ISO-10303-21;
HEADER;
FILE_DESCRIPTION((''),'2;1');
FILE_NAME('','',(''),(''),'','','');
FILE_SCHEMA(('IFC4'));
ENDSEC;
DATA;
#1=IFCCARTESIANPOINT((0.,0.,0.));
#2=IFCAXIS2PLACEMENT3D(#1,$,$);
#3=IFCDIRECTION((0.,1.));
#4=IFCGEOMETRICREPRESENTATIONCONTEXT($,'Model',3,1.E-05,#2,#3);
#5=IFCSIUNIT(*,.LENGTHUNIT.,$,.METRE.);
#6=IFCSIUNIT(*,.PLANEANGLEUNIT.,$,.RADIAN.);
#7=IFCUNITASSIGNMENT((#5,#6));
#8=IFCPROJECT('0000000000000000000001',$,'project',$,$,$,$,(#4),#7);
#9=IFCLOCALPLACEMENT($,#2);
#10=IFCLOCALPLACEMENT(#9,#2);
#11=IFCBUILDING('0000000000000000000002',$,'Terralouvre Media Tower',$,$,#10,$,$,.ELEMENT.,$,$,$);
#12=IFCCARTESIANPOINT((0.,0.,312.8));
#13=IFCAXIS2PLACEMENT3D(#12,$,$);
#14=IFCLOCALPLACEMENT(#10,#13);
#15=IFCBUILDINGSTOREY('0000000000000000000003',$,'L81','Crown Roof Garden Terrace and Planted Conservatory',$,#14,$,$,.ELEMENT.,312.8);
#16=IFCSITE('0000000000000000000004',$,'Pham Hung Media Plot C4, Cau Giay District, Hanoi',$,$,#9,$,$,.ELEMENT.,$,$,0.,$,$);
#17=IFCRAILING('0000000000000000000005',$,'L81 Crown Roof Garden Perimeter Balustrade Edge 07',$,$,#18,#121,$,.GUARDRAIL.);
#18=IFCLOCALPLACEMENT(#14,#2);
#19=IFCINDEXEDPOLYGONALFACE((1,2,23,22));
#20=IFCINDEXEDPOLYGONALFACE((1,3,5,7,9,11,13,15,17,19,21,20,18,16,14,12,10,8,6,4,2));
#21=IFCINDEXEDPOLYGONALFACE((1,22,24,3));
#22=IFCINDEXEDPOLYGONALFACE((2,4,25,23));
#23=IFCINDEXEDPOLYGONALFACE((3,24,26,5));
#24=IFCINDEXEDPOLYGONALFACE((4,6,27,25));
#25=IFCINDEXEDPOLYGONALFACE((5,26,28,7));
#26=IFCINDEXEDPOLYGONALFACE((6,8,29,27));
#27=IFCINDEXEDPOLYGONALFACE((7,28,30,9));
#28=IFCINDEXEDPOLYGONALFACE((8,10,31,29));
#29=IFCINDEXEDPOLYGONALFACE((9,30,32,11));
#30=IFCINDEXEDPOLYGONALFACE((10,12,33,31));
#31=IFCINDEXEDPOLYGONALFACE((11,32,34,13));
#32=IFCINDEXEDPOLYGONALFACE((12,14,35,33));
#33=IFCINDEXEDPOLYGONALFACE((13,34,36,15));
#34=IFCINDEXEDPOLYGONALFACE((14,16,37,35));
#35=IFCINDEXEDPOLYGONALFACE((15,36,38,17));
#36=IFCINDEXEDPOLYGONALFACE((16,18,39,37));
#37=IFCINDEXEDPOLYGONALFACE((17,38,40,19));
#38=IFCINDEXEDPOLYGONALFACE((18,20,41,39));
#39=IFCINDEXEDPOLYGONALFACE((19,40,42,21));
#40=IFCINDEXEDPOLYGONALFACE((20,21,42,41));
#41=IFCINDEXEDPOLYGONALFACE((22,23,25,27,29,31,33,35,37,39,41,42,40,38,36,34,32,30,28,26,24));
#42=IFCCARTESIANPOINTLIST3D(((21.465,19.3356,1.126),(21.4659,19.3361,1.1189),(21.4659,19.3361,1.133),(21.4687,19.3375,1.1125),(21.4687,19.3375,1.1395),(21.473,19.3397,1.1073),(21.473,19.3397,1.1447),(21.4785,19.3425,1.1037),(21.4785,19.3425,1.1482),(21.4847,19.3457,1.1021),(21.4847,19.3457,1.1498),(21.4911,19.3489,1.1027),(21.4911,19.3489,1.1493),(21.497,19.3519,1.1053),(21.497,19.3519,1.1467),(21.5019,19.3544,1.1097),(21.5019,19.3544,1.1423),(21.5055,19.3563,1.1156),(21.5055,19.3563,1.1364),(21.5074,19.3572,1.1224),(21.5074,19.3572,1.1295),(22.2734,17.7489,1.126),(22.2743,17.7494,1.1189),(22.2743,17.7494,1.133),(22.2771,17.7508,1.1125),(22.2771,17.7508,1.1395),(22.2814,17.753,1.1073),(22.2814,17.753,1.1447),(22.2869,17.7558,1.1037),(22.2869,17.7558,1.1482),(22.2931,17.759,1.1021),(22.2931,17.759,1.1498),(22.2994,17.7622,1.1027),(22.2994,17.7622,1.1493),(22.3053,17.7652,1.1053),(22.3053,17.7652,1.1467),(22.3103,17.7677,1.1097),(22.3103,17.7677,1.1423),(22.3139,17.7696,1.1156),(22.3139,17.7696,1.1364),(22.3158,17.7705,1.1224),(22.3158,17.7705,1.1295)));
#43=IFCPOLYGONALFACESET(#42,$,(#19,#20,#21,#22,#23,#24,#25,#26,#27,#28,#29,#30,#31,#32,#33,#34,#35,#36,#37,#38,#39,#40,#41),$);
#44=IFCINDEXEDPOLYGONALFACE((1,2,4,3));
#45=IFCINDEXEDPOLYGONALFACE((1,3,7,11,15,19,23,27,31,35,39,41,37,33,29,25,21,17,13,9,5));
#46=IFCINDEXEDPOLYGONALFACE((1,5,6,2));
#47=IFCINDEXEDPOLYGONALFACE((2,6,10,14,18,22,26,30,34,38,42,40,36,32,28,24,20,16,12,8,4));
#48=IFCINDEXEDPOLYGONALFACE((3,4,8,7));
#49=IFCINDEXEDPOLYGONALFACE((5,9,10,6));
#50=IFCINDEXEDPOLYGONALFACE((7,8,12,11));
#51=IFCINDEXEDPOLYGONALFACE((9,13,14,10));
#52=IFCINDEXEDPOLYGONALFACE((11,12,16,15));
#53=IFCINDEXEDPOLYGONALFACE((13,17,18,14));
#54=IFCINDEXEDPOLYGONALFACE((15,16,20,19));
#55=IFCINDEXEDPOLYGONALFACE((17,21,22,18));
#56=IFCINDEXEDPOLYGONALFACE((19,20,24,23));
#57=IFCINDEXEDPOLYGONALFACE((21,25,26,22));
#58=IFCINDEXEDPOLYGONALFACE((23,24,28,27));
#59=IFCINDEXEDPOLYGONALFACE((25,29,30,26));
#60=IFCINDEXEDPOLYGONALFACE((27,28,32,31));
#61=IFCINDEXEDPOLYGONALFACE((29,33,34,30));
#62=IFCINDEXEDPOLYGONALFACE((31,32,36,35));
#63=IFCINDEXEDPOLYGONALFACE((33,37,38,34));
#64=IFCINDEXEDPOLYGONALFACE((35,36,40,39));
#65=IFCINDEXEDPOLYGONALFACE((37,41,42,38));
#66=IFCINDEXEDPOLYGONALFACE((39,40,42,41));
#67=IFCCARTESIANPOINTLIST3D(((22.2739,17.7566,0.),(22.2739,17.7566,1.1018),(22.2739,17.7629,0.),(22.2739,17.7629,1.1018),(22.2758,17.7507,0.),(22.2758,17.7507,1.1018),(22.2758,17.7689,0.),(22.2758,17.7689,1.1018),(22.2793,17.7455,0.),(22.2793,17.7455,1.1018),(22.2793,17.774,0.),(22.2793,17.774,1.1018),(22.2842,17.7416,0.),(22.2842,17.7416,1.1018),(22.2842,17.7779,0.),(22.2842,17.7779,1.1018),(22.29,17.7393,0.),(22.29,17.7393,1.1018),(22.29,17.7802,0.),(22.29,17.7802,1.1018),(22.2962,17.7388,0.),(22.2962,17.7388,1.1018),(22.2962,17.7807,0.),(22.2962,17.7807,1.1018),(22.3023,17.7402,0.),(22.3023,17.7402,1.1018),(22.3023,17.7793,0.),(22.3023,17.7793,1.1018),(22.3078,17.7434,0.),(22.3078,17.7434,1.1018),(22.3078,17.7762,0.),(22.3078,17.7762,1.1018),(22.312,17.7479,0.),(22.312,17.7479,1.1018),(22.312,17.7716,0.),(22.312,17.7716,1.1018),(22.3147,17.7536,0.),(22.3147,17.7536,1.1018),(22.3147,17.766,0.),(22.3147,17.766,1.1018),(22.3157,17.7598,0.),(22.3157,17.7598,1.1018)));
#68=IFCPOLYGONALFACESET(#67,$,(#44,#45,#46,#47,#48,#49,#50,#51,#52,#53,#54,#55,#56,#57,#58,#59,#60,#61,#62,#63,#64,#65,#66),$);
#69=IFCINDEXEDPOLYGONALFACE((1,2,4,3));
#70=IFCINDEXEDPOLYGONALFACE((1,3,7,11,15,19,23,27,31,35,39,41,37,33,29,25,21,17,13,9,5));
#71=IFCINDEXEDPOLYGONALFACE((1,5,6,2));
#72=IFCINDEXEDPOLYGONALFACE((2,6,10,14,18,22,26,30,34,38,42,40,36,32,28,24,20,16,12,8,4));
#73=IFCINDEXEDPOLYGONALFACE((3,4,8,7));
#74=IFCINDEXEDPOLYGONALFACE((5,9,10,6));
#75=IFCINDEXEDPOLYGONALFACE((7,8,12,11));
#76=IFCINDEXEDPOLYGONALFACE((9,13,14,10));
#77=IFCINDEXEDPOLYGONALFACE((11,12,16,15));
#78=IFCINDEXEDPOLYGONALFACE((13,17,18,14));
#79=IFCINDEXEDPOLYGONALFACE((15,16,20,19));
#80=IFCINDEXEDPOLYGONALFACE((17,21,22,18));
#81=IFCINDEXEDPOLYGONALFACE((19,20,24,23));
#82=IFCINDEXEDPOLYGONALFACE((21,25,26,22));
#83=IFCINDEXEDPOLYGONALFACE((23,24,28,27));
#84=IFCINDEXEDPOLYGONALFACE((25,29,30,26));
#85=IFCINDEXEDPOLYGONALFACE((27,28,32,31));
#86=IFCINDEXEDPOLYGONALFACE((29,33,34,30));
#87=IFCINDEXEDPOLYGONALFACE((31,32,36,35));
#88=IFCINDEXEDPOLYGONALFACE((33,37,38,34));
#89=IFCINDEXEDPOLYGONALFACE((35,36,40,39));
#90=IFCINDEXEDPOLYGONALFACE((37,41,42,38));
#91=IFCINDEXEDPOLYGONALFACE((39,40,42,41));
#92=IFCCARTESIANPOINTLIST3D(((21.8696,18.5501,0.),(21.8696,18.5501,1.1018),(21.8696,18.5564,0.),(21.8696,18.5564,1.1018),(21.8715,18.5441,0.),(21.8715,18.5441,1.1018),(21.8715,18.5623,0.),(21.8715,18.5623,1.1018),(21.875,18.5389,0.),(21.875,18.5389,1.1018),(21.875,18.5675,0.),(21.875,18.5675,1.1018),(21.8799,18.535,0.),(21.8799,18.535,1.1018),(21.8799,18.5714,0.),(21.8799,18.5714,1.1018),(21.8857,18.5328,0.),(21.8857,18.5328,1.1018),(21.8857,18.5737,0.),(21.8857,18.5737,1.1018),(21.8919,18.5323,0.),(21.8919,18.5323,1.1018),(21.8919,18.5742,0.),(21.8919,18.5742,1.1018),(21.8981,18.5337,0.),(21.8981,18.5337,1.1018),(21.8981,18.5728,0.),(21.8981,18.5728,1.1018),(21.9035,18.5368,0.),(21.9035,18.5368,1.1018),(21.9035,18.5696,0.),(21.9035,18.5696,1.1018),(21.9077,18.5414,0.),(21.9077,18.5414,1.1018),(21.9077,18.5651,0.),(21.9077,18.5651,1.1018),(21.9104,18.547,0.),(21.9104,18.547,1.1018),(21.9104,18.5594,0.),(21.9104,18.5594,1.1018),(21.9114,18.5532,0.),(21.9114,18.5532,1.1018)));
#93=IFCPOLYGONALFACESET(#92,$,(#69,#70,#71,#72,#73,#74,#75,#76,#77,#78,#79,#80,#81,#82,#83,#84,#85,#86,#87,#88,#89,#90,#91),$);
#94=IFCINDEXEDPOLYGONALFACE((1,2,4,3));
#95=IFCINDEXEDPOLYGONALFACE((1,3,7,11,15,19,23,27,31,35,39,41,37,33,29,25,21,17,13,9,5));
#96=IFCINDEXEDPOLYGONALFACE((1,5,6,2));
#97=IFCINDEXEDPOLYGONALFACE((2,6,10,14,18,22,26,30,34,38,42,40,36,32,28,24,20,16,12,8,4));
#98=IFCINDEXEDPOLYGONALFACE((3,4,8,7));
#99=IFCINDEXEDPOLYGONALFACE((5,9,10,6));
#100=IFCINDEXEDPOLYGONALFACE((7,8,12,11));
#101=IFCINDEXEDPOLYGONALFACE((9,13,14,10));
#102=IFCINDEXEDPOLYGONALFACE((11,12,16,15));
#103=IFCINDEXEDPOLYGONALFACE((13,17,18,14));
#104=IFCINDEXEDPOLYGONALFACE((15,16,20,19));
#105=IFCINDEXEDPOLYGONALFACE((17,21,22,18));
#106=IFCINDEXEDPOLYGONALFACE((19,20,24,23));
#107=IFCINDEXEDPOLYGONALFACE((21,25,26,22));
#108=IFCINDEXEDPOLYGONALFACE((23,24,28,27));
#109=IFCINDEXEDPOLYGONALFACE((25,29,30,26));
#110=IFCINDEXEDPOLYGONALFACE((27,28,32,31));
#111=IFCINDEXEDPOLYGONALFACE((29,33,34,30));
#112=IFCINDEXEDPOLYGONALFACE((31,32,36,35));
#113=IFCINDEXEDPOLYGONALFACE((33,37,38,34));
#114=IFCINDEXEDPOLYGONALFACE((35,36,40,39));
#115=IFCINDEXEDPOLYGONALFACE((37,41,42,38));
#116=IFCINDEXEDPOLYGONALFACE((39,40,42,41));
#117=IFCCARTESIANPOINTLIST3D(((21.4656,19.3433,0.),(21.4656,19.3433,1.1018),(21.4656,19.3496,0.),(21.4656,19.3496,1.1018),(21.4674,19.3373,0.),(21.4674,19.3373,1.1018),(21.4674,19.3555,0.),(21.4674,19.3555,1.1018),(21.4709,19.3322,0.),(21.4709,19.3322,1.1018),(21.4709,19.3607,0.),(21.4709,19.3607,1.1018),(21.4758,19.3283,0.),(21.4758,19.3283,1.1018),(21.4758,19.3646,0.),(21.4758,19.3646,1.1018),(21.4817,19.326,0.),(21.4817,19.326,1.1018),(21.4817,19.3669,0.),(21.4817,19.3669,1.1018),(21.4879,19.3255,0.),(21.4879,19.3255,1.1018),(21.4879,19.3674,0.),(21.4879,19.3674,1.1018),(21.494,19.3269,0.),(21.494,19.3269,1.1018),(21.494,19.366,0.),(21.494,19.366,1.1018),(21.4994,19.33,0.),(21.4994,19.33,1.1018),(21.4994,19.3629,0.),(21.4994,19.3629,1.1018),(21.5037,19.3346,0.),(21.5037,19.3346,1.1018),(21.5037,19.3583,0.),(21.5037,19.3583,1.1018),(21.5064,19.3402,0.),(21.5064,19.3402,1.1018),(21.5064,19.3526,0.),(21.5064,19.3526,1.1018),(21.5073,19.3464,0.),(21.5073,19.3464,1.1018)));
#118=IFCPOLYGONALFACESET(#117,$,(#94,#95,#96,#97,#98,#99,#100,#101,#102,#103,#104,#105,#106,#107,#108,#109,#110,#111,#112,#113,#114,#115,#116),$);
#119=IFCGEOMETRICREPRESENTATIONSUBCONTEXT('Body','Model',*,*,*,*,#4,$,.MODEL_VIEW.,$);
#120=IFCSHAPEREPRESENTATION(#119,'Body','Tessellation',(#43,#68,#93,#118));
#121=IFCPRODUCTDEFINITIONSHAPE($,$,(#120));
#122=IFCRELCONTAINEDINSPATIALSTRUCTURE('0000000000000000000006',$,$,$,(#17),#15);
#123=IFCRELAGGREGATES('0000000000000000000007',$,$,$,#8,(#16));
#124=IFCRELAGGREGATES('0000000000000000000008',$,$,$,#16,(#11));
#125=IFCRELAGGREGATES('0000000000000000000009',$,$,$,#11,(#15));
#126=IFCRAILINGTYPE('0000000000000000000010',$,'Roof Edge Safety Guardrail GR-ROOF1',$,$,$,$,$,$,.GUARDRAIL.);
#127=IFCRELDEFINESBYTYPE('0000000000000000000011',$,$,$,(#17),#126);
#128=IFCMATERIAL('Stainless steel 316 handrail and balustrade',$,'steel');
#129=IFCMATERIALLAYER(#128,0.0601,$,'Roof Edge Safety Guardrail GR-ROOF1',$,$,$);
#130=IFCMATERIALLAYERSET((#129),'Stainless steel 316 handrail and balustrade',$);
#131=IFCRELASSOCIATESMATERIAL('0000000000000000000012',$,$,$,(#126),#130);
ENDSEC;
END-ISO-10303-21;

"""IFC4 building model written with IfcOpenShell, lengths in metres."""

from ifc_helpers import new_model, si_unit, direction, frame, origin, origin_2d, place, context, subcontext, project, spatial, circle, extrude, material, layer, layer_set, type_object, element, save


model = new_model("IFC4")

# Units and contexts
model_context = context("Model", 3, precision=1e-05, world=origin(), true_north=direction((0.0, 1.0)))
body_context = subcontext(model_context, "Body", "Model", "MODEL_VIEW")
ifc_project = project(units=[si_unit("LENGTHUNIT", "METRE"), si_unit("PLANEANGLEUNIT", "RADIAN")], contexts=[model_context])

# Site, building, storey
site_placement = place(None, origin())
site = spatial("IfcSite", under=ifc_project, at=site_placement, Name="Pham Hung Media Plot C4, Cau Giay District, Hanoi", CompositionType="ELEMENT", RefElevation=0.0)
building_placement = place(site_placement, origin())
building = spatial("IfcBuilding", under=site, at=building_placement, Name="Terralouvre Media Tower", CompositionType="ELEMENT")
storey_placement = place(building_placement, frame((0.0, 0.0, 312.8)))
storey = spatial("IfcBuildingStorey", under=building, at=storey_placement, Name="L81", Description="Crown Roof Garden Terrace and Planted Conservatory", CompositionType="ELEMENT", Elevation=312.8)

# Railing
ifc_material_1 = material(Name="Stainless steel 316 handrail and balustrade", Category="steel")
ifc_layer_1 = layer(ifc_material_1, 0.0601, Name="Roof Edge Safety Guardrail GR-ROOF1")
ifc_layer_set_1 = layer_set([ifc_layer_1], Name="Stainless steel 316 handrail and balustrade")
railing_type = type_object("IfcRailingType", Name="Roof Edge Safety Guardrail GR-ROOF1", PredefinedType="GUARDRAIL", material=ifc_layer_set_1)
railing_1_placement = place(storey_placement, frame((22.2947, 17.7598, 0.0)))
element("IfcRailing", 1, at=railing_1_placement, inside=storey, type_object=railing_type, Name="L81 Crown Roof Garden Perimeter Balustrade Edge 07", PredefinedType="GUARDRAIL", context=body_context, shape_type="SweptSolid", body=[
    extrude(circle(Radius=0.0239, at=origin_2d()), frame((0.0, 0.0, 1.126), z_axis=(-0.453946, 0.891029, 0.0), x_axis=(-0.891029, -0.453946, 0.0)), (0.0, 0.0, 1.0), 1.7808),
    extrude(circle(Radius=0.021, at=origin_2d()), origin(), (0.0, 0.0, 1.0), 1.1018),
    extrude(circle(Radius=0.021, at=origin_2d()), frame((-0.4043, 0.7935, 0.0)), (0.0, 0.0, 1.0), 1.1018),
    extrude(circle(Radius=0.021, at=origin_2d()), frame((-0.8083, 1.5867, 0.0)), (0.0, 0.0, 1.0), 1.1018),
])

save(model, "model.ifc")
